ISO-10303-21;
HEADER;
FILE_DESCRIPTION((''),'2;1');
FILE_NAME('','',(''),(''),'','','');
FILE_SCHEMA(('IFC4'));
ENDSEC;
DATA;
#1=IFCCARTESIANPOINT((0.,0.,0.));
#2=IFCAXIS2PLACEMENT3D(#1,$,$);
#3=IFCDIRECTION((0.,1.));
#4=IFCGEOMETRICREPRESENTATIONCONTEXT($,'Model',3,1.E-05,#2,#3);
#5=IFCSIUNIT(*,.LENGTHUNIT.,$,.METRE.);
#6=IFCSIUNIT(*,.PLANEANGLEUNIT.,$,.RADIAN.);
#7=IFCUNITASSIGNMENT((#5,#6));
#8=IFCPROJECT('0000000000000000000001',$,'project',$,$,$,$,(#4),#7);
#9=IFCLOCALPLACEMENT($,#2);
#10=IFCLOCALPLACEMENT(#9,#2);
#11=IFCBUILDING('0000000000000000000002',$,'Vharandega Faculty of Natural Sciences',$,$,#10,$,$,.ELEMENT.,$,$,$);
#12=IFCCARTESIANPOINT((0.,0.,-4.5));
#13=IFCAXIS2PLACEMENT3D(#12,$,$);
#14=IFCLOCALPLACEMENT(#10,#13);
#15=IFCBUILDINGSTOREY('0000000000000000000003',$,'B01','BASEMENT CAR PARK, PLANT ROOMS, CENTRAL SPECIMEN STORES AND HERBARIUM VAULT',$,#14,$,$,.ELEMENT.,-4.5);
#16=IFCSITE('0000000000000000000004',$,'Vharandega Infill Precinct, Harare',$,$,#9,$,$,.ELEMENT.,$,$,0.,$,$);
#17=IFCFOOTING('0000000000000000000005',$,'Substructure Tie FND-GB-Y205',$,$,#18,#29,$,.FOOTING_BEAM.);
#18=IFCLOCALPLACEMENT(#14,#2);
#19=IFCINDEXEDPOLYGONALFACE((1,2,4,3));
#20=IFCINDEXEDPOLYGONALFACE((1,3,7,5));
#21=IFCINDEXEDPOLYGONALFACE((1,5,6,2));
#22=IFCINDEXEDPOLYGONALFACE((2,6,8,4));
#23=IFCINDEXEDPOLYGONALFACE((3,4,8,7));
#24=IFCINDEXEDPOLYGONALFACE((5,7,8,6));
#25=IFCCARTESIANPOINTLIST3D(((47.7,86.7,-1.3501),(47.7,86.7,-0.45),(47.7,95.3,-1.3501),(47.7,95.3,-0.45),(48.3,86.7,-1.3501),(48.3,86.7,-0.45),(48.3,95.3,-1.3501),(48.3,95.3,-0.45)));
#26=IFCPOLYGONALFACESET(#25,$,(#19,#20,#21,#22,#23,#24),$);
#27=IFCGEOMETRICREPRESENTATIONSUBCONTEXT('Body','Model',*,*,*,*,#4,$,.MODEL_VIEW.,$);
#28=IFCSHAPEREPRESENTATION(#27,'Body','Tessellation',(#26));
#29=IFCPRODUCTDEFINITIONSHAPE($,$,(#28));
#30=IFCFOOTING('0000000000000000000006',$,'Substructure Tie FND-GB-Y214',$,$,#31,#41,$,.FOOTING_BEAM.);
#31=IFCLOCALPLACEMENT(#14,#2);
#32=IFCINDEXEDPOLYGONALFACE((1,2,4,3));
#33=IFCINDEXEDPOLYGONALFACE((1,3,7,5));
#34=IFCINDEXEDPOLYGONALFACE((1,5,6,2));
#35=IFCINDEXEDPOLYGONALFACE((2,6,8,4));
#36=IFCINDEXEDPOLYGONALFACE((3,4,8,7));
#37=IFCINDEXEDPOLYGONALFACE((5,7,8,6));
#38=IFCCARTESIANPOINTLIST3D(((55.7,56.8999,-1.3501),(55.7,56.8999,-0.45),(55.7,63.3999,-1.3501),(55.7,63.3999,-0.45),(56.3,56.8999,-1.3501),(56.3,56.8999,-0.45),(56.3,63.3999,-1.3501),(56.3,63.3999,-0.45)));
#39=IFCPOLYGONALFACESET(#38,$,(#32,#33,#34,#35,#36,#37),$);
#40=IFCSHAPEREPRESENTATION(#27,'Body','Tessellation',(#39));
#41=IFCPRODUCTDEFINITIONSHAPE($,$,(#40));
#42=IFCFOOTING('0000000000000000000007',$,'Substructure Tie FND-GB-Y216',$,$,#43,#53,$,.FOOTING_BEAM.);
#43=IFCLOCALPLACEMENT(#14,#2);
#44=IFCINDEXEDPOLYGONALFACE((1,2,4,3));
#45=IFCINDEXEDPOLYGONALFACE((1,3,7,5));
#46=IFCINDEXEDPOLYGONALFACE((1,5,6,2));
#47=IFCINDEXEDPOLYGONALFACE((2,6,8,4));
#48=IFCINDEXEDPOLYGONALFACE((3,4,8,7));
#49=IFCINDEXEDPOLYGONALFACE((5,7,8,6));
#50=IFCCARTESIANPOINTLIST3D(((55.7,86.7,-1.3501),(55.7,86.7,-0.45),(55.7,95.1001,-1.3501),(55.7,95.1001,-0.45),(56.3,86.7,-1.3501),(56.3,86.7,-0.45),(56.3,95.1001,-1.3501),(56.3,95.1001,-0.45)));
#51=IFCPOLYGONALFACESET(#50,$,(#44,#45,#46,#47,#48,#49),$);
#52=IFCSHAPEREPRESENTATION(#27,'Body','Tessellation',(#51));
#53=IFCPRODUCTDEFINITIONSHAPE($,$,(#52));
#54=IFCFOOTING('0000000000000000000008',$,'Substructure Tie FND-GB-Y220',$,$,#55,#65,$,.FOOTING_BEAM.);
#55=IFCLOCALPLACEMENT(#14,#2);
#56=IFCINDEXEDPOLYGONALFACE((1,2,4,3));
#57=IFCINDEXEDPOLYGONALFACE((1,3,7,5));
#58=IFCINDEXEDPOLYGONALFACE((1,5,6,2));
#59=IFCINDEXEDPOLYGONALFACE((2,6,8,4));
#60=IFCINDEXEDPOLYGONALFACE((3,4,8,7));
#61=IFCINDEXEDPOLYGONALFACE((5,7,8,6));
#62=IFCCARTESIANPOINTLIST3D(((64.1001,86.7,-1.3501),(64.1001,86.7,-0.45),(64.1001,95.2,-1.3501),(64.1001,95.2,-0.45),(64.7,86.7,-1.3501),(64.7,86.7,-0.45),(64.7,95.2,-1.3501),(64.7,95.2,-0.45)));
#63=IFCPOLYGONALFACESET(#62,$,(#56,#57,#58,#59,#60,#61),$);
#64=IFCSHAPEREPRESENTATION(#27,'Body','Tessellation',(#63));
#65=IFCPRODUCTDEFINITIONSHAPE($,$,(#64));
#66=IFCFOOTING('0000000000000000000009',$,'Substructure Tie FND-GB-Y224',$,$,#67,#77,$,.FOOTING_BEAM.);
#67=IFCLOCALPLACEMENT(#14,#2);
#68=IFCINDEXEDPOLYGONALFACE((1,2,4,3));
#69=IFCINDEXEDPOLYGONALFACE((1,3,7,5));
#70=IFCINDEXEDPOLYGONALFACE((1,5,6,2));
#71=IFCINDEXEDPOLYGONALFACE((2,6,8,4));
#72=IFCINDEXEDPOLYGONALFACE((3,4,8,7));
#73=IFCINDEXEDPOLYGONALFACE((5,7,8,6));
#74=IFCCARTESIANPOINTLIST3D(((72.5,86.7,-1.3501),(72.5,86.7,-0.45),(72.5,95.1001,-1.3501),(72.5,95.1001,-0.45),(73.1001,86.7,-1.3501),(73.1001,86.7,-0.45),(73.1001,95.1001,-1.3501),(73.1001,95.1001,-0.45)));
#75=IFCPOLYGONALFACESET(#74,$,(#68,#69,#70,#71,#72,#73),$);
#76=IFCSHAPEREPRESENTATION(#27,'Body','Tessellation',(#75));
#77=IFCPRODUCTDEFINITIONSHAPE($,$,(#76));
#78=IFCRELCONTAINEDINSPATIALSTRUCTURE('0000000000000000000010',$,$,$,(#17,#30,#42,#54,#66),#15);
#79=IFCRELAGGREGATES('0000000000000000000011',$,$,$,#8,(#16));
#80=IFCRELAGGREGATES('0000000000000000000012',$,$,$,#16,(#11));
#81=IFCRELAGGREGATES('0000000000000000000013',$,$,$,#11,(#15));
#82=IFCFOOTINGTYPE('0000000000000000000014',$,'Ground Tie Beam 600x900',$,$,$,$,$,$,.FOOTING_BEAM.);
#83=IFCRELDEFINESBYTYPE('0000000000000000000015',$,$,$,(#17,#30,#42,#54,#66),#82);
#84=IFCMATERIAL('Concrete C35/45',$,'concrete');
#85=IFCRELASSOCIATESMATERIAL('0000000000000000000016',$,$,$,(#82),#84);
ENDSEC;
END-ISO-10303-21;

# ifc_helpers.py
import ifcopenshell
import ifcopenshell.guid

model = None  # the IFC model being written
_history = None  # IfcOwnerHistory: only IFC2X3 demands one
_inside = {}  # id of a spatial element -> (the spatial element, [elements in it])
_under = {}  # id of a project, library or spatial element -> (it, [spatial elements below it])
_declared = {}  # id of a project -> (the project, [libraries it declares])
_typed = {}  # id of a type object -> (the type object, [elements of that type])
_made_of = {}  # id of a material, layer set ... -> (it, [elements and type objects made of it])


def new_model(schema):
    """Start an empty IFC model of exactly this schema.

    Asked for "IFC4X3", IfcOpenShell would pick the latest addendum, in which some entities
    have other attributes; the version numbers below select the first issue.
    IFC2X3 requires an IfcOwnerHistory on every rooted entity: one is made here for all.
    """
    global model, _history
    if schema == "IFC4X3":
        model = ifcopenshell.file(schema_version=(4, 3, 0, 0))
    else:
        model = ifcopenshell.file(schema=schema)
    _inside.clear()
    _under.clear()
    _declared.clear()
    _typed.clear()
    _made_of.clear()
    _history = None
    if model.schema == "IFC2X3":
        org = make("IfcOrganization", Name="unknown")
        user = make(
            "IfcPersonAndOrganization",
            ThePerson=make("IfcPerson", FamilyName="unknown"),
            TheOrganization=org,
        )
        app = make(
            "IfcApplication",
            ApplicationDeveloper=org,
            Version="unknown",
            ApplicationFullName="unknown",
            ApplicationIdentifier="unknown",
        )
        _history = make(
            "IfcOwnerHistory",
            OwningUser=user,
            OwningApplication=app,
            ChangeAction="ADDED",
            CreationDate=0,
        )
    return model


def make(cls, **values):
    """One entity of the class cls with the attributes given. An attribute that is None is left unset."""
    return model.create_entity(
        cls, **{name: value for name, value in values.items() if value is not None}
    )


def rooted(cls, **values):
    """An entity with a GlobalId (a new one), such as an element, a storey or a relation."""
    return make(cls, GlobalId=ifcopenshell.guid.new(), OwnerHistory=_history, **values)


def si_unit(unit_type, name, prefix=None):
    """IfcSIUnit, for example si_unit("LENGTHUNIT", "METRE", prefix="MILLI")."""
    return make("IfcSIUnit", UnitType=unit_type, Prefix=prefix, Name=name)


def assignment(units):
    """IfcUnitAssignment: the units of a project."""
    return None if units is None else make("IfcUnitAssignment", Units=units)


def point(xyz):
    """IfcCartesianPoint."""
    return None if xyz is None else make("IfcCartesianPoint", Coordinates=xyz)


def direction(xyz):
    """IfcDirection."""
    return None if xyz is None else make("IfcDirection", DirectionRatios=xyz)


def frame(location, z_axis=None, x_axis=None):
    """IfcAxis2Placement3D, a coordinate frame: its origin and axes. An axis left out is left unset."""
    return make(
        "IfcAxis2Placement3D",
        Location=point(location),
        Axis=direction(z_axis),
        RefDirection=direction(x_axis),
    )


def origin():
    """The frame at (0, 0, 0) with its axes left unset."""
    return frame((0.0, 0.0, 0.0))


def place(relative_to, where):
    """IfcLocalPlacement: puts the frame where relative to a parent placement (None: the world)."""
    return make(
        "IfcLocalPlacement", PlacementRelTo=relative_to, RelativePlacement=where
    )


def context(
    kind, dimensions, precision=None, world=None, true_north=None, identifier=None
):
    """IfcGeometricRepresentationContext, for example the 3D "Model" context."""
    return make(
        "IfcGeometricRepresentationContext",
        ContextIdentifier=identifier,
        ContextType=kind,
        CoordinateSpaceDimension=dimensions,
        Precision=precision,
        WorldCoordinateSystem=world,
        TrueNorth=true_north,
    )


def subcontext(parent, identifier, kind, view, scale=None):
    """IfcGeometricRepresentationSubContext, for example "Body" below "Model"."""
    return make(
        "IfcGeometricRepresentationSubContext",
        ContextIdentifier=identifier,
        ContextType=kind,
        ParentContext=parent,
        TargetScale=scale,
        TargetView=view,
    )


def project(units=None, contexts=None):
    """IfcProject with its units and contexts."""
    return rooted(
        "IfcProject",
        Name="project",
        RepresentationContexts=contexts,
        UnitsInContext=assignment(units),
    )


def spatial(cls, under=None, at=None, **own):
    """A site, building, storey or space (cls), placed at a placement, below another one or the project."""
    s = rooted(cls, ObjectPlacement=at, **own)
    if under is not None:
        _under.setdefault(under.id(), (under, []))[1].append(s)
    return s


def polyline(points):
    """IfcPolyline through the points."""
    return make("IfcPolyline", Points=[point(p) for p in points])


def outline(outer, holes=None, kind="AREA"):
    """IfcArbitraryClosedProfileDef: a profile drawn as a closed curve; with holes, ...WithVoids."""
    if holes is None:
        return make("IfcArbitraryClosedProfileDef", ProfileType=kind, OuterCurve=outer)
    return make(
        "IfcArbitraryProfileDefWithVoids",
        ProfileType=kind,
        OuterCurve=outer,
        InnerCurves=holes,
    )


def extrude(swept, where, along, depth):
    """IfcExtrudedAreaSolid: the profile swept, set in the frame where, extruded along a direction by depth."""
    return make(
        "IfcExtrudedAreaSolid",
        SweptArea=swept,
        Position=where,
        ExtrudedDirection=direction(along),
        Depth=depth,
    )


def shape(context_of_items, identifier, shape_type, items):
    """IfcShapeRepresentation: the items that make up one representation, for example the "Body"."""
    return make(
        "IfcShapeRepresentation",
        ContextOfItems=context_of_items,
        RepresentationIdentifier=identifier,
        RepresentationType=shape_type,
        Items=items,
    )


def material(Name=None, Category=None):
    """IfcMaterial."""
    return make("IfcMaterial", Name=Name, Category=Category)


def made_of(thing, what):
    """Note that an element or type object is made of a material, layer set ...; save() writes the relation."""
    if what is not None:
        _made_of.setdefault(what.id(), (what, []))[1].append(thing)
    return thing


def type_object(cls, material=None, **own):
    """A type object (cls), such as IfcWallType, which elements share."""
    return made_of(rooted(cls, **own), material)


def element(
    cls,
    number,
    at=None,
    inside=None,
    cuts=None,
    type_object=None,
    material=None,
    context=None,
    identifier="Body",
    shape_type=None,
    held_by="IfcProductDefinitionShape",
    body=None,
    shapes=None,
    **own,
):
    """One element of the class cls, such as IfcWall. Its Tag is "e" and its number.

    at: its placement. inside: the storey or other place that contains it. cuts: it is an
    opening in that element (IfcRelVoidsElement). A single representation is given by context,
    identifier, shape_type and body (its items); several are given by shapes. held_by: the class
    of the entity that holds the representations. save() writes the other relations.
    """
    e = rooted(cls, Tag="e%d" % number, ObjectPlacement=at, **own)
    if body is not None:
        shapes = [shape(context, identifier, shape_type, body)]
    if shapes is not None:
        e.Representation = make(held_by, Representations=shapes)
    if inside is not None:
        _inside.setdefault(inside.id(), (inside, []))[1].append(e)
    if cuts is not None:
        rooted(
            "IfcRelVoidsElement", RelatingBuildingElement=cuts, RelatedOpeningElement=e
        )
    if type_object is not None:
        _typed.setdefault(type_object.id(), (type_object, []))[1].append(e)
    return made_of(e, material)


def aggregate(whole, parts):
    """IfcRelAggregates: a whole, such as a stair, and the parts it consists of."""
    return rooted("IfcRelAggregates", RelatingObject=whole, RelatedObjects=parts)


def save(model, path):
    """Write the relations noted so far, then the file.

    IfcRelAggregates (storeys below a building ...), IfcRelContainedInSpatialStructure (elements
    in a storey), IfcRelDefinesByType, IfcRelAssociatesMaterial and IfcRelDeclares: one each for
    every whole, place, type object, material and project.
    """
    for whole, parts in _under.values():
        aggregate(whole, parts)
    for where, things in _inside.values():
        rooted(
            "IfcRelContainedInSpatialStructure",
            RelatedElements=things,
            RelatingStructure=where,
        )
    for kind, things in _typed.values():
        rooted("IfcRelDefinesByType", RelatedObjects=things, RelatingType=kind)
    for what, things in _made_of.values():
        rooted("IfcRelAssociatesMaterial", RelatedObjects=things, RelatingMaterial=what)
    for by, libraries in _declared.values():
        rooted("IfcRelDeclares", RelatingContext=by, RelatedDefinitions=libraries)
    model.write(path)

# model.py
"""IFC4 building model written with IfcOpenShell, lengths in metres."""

from ifc_helpers import new_model, si_unit, direction, frame, origin, place, context, subcontext, project, spatial, polyline, outline, extrude, material, type_object, element, save


model = new_model("IFC4")

# Units and contexts
model_context = context("Model", 3, precision=1e-05, world=origin(), true_north=direction((0.0, 1.0)))
body_context = subcontext(model_context, "Body", "Model", "MODEL_VIEW")
ifc_project = project(units=[si_unit("LENGTHUNIT", "METRE"), si_unit("PLANEANGLEUNIT", "RADIAN")], contexts=[model_context])

# Site, building, storey
site_placement = place(None, origin())
site = spatial("IfcSite", under=ifc_project, at=site_placement, Name="Vharandega Infill Precinct, Harare", CompositionType="ELEMENT", RefElevation=0.0)
building_placement = place(site_placement, origin())
building = spatial("IfcBuilding", under=site, at=building_placement, Name="Vharandega Faculty of Natural Sciences", CompositionType="ELEMENT")
storey_placement = place(building_placement, frame((0.0, 0.0, -4.5)))
storey = spatial("IfcBuildingStorey", under=building, at=storey_placement, Name="B01", Description="BASEMENT CAR PARK, PLANT ROOMS, CENTRAL SPECIMEN STORES AND HERBARIUM VAULT", CompositionType="ELEMENT", Elevation=-4.5)

# Footings
ifc_material_1 = material(Name="Concrete C35/45", Category="concrete")
footing_type_1 = type_object("IfcFootingType", Name="Ground Tie Beam 600x900", PredefinedType="FOOTING_BEAM", material=ifc_material_1)
footing_1_placement = place(storey_placement, frame((0.0, 0.0, -1.3501)))
element("IfcFooting", 1, at=footing_1_placement, inside=storey, type_object=footing_type_1, Name="Substructure Tie FND-GB-Y205", PredefinedType="FOOTING_BEAM", context=body_context, shape_type="SweptSolid", body=[
    extrude(outline(polyline([(47.7, 86.7), (48.3, 86.7), (48.3, 95.3), (47.7, 95.3), (47.7, 86.7)])), origin(), (0.0, 0.0, 1.0), 0.9001),
])
footing_2_placement = place(storey_placement, frame((0.0, 0.0, -1.3501)))
element("IfcFooting", 2, at=footing_2_placement, inside=storey, type_object=footing_type_1, Name="Substructure Tie FND-GB-Y214", PredefinedType="FOOTING_BEAM", context=body_context, shape_type="SweptSolid", body=[
    extrude(outline(polyline([(55.7, 56.8999), (56.3, 56.8999), (56.3, 63.3999), (55.7, 63.3999), (55.7, 56.8999)])), origin(), (0.0, 0.0, 1.0), 0.9001),
])
footing_3_placement = place(storey_placement, frame((0.0, 0.0, -1.3501)))
element("IfcFooting", 3, at=footing_3_placement, inside=storey, type_object=footing_type_1, Name="Substructure Tie FND-GB-Y216", PredefinedType="FOOTING_BEAM", context=body_context, shape_type="SweptSolid", body=[
    extrude(outline(polyline([(55.7, 86.7), (56.3, 86.7), (56.3, 95.1001), (55.7, 95.1001), (55.7, 86.7)])), origin(), (0.0, 0.0, 1.0), 0.9001),
])
footing_4_placement = place(storey_placement, frame((0.0, 0.0, -1.3501)))
element("IfcFooting", 4, at=footing_4_placement, inside=storey, type_object=footing_type_1, Name="Substructure Tie FND-GB-Y220", PredefinedType="FOOTING_BEAM", context=body_context, shape_type="SweptSolid", body=[
    extrude(outline(polyline([(64.1001, 86.7), (64.7, 86.7), (64.7, 95.2), (64.1001, 95.2), (64.1001, 86.7)])), origin(), (0.0, 0.0, 1.0), 0.9001),
])
footing_5_placement = place(storey_placement, frame((0.0, 0.0, -1.3501)))
element("IfcFooting", 5, at=footing_5_placement, inside=storey, type_object=footing_type_1, Name="Substructure Tie FND-GB-Y224", PredefinedType="FOOTING_BEAM", context=body_context, shape_type="SweptSolid", body=[
    extrude(outline(polyline([(72.5, 86.7), (73.1001, 86.7), (73.1001, 95.1001), (72.5, 95.1001), (72.5, 86.7)])), origin(), (0.0, 0.0, 1.0), 0.9001),
])

save(model, "model.ifc")
